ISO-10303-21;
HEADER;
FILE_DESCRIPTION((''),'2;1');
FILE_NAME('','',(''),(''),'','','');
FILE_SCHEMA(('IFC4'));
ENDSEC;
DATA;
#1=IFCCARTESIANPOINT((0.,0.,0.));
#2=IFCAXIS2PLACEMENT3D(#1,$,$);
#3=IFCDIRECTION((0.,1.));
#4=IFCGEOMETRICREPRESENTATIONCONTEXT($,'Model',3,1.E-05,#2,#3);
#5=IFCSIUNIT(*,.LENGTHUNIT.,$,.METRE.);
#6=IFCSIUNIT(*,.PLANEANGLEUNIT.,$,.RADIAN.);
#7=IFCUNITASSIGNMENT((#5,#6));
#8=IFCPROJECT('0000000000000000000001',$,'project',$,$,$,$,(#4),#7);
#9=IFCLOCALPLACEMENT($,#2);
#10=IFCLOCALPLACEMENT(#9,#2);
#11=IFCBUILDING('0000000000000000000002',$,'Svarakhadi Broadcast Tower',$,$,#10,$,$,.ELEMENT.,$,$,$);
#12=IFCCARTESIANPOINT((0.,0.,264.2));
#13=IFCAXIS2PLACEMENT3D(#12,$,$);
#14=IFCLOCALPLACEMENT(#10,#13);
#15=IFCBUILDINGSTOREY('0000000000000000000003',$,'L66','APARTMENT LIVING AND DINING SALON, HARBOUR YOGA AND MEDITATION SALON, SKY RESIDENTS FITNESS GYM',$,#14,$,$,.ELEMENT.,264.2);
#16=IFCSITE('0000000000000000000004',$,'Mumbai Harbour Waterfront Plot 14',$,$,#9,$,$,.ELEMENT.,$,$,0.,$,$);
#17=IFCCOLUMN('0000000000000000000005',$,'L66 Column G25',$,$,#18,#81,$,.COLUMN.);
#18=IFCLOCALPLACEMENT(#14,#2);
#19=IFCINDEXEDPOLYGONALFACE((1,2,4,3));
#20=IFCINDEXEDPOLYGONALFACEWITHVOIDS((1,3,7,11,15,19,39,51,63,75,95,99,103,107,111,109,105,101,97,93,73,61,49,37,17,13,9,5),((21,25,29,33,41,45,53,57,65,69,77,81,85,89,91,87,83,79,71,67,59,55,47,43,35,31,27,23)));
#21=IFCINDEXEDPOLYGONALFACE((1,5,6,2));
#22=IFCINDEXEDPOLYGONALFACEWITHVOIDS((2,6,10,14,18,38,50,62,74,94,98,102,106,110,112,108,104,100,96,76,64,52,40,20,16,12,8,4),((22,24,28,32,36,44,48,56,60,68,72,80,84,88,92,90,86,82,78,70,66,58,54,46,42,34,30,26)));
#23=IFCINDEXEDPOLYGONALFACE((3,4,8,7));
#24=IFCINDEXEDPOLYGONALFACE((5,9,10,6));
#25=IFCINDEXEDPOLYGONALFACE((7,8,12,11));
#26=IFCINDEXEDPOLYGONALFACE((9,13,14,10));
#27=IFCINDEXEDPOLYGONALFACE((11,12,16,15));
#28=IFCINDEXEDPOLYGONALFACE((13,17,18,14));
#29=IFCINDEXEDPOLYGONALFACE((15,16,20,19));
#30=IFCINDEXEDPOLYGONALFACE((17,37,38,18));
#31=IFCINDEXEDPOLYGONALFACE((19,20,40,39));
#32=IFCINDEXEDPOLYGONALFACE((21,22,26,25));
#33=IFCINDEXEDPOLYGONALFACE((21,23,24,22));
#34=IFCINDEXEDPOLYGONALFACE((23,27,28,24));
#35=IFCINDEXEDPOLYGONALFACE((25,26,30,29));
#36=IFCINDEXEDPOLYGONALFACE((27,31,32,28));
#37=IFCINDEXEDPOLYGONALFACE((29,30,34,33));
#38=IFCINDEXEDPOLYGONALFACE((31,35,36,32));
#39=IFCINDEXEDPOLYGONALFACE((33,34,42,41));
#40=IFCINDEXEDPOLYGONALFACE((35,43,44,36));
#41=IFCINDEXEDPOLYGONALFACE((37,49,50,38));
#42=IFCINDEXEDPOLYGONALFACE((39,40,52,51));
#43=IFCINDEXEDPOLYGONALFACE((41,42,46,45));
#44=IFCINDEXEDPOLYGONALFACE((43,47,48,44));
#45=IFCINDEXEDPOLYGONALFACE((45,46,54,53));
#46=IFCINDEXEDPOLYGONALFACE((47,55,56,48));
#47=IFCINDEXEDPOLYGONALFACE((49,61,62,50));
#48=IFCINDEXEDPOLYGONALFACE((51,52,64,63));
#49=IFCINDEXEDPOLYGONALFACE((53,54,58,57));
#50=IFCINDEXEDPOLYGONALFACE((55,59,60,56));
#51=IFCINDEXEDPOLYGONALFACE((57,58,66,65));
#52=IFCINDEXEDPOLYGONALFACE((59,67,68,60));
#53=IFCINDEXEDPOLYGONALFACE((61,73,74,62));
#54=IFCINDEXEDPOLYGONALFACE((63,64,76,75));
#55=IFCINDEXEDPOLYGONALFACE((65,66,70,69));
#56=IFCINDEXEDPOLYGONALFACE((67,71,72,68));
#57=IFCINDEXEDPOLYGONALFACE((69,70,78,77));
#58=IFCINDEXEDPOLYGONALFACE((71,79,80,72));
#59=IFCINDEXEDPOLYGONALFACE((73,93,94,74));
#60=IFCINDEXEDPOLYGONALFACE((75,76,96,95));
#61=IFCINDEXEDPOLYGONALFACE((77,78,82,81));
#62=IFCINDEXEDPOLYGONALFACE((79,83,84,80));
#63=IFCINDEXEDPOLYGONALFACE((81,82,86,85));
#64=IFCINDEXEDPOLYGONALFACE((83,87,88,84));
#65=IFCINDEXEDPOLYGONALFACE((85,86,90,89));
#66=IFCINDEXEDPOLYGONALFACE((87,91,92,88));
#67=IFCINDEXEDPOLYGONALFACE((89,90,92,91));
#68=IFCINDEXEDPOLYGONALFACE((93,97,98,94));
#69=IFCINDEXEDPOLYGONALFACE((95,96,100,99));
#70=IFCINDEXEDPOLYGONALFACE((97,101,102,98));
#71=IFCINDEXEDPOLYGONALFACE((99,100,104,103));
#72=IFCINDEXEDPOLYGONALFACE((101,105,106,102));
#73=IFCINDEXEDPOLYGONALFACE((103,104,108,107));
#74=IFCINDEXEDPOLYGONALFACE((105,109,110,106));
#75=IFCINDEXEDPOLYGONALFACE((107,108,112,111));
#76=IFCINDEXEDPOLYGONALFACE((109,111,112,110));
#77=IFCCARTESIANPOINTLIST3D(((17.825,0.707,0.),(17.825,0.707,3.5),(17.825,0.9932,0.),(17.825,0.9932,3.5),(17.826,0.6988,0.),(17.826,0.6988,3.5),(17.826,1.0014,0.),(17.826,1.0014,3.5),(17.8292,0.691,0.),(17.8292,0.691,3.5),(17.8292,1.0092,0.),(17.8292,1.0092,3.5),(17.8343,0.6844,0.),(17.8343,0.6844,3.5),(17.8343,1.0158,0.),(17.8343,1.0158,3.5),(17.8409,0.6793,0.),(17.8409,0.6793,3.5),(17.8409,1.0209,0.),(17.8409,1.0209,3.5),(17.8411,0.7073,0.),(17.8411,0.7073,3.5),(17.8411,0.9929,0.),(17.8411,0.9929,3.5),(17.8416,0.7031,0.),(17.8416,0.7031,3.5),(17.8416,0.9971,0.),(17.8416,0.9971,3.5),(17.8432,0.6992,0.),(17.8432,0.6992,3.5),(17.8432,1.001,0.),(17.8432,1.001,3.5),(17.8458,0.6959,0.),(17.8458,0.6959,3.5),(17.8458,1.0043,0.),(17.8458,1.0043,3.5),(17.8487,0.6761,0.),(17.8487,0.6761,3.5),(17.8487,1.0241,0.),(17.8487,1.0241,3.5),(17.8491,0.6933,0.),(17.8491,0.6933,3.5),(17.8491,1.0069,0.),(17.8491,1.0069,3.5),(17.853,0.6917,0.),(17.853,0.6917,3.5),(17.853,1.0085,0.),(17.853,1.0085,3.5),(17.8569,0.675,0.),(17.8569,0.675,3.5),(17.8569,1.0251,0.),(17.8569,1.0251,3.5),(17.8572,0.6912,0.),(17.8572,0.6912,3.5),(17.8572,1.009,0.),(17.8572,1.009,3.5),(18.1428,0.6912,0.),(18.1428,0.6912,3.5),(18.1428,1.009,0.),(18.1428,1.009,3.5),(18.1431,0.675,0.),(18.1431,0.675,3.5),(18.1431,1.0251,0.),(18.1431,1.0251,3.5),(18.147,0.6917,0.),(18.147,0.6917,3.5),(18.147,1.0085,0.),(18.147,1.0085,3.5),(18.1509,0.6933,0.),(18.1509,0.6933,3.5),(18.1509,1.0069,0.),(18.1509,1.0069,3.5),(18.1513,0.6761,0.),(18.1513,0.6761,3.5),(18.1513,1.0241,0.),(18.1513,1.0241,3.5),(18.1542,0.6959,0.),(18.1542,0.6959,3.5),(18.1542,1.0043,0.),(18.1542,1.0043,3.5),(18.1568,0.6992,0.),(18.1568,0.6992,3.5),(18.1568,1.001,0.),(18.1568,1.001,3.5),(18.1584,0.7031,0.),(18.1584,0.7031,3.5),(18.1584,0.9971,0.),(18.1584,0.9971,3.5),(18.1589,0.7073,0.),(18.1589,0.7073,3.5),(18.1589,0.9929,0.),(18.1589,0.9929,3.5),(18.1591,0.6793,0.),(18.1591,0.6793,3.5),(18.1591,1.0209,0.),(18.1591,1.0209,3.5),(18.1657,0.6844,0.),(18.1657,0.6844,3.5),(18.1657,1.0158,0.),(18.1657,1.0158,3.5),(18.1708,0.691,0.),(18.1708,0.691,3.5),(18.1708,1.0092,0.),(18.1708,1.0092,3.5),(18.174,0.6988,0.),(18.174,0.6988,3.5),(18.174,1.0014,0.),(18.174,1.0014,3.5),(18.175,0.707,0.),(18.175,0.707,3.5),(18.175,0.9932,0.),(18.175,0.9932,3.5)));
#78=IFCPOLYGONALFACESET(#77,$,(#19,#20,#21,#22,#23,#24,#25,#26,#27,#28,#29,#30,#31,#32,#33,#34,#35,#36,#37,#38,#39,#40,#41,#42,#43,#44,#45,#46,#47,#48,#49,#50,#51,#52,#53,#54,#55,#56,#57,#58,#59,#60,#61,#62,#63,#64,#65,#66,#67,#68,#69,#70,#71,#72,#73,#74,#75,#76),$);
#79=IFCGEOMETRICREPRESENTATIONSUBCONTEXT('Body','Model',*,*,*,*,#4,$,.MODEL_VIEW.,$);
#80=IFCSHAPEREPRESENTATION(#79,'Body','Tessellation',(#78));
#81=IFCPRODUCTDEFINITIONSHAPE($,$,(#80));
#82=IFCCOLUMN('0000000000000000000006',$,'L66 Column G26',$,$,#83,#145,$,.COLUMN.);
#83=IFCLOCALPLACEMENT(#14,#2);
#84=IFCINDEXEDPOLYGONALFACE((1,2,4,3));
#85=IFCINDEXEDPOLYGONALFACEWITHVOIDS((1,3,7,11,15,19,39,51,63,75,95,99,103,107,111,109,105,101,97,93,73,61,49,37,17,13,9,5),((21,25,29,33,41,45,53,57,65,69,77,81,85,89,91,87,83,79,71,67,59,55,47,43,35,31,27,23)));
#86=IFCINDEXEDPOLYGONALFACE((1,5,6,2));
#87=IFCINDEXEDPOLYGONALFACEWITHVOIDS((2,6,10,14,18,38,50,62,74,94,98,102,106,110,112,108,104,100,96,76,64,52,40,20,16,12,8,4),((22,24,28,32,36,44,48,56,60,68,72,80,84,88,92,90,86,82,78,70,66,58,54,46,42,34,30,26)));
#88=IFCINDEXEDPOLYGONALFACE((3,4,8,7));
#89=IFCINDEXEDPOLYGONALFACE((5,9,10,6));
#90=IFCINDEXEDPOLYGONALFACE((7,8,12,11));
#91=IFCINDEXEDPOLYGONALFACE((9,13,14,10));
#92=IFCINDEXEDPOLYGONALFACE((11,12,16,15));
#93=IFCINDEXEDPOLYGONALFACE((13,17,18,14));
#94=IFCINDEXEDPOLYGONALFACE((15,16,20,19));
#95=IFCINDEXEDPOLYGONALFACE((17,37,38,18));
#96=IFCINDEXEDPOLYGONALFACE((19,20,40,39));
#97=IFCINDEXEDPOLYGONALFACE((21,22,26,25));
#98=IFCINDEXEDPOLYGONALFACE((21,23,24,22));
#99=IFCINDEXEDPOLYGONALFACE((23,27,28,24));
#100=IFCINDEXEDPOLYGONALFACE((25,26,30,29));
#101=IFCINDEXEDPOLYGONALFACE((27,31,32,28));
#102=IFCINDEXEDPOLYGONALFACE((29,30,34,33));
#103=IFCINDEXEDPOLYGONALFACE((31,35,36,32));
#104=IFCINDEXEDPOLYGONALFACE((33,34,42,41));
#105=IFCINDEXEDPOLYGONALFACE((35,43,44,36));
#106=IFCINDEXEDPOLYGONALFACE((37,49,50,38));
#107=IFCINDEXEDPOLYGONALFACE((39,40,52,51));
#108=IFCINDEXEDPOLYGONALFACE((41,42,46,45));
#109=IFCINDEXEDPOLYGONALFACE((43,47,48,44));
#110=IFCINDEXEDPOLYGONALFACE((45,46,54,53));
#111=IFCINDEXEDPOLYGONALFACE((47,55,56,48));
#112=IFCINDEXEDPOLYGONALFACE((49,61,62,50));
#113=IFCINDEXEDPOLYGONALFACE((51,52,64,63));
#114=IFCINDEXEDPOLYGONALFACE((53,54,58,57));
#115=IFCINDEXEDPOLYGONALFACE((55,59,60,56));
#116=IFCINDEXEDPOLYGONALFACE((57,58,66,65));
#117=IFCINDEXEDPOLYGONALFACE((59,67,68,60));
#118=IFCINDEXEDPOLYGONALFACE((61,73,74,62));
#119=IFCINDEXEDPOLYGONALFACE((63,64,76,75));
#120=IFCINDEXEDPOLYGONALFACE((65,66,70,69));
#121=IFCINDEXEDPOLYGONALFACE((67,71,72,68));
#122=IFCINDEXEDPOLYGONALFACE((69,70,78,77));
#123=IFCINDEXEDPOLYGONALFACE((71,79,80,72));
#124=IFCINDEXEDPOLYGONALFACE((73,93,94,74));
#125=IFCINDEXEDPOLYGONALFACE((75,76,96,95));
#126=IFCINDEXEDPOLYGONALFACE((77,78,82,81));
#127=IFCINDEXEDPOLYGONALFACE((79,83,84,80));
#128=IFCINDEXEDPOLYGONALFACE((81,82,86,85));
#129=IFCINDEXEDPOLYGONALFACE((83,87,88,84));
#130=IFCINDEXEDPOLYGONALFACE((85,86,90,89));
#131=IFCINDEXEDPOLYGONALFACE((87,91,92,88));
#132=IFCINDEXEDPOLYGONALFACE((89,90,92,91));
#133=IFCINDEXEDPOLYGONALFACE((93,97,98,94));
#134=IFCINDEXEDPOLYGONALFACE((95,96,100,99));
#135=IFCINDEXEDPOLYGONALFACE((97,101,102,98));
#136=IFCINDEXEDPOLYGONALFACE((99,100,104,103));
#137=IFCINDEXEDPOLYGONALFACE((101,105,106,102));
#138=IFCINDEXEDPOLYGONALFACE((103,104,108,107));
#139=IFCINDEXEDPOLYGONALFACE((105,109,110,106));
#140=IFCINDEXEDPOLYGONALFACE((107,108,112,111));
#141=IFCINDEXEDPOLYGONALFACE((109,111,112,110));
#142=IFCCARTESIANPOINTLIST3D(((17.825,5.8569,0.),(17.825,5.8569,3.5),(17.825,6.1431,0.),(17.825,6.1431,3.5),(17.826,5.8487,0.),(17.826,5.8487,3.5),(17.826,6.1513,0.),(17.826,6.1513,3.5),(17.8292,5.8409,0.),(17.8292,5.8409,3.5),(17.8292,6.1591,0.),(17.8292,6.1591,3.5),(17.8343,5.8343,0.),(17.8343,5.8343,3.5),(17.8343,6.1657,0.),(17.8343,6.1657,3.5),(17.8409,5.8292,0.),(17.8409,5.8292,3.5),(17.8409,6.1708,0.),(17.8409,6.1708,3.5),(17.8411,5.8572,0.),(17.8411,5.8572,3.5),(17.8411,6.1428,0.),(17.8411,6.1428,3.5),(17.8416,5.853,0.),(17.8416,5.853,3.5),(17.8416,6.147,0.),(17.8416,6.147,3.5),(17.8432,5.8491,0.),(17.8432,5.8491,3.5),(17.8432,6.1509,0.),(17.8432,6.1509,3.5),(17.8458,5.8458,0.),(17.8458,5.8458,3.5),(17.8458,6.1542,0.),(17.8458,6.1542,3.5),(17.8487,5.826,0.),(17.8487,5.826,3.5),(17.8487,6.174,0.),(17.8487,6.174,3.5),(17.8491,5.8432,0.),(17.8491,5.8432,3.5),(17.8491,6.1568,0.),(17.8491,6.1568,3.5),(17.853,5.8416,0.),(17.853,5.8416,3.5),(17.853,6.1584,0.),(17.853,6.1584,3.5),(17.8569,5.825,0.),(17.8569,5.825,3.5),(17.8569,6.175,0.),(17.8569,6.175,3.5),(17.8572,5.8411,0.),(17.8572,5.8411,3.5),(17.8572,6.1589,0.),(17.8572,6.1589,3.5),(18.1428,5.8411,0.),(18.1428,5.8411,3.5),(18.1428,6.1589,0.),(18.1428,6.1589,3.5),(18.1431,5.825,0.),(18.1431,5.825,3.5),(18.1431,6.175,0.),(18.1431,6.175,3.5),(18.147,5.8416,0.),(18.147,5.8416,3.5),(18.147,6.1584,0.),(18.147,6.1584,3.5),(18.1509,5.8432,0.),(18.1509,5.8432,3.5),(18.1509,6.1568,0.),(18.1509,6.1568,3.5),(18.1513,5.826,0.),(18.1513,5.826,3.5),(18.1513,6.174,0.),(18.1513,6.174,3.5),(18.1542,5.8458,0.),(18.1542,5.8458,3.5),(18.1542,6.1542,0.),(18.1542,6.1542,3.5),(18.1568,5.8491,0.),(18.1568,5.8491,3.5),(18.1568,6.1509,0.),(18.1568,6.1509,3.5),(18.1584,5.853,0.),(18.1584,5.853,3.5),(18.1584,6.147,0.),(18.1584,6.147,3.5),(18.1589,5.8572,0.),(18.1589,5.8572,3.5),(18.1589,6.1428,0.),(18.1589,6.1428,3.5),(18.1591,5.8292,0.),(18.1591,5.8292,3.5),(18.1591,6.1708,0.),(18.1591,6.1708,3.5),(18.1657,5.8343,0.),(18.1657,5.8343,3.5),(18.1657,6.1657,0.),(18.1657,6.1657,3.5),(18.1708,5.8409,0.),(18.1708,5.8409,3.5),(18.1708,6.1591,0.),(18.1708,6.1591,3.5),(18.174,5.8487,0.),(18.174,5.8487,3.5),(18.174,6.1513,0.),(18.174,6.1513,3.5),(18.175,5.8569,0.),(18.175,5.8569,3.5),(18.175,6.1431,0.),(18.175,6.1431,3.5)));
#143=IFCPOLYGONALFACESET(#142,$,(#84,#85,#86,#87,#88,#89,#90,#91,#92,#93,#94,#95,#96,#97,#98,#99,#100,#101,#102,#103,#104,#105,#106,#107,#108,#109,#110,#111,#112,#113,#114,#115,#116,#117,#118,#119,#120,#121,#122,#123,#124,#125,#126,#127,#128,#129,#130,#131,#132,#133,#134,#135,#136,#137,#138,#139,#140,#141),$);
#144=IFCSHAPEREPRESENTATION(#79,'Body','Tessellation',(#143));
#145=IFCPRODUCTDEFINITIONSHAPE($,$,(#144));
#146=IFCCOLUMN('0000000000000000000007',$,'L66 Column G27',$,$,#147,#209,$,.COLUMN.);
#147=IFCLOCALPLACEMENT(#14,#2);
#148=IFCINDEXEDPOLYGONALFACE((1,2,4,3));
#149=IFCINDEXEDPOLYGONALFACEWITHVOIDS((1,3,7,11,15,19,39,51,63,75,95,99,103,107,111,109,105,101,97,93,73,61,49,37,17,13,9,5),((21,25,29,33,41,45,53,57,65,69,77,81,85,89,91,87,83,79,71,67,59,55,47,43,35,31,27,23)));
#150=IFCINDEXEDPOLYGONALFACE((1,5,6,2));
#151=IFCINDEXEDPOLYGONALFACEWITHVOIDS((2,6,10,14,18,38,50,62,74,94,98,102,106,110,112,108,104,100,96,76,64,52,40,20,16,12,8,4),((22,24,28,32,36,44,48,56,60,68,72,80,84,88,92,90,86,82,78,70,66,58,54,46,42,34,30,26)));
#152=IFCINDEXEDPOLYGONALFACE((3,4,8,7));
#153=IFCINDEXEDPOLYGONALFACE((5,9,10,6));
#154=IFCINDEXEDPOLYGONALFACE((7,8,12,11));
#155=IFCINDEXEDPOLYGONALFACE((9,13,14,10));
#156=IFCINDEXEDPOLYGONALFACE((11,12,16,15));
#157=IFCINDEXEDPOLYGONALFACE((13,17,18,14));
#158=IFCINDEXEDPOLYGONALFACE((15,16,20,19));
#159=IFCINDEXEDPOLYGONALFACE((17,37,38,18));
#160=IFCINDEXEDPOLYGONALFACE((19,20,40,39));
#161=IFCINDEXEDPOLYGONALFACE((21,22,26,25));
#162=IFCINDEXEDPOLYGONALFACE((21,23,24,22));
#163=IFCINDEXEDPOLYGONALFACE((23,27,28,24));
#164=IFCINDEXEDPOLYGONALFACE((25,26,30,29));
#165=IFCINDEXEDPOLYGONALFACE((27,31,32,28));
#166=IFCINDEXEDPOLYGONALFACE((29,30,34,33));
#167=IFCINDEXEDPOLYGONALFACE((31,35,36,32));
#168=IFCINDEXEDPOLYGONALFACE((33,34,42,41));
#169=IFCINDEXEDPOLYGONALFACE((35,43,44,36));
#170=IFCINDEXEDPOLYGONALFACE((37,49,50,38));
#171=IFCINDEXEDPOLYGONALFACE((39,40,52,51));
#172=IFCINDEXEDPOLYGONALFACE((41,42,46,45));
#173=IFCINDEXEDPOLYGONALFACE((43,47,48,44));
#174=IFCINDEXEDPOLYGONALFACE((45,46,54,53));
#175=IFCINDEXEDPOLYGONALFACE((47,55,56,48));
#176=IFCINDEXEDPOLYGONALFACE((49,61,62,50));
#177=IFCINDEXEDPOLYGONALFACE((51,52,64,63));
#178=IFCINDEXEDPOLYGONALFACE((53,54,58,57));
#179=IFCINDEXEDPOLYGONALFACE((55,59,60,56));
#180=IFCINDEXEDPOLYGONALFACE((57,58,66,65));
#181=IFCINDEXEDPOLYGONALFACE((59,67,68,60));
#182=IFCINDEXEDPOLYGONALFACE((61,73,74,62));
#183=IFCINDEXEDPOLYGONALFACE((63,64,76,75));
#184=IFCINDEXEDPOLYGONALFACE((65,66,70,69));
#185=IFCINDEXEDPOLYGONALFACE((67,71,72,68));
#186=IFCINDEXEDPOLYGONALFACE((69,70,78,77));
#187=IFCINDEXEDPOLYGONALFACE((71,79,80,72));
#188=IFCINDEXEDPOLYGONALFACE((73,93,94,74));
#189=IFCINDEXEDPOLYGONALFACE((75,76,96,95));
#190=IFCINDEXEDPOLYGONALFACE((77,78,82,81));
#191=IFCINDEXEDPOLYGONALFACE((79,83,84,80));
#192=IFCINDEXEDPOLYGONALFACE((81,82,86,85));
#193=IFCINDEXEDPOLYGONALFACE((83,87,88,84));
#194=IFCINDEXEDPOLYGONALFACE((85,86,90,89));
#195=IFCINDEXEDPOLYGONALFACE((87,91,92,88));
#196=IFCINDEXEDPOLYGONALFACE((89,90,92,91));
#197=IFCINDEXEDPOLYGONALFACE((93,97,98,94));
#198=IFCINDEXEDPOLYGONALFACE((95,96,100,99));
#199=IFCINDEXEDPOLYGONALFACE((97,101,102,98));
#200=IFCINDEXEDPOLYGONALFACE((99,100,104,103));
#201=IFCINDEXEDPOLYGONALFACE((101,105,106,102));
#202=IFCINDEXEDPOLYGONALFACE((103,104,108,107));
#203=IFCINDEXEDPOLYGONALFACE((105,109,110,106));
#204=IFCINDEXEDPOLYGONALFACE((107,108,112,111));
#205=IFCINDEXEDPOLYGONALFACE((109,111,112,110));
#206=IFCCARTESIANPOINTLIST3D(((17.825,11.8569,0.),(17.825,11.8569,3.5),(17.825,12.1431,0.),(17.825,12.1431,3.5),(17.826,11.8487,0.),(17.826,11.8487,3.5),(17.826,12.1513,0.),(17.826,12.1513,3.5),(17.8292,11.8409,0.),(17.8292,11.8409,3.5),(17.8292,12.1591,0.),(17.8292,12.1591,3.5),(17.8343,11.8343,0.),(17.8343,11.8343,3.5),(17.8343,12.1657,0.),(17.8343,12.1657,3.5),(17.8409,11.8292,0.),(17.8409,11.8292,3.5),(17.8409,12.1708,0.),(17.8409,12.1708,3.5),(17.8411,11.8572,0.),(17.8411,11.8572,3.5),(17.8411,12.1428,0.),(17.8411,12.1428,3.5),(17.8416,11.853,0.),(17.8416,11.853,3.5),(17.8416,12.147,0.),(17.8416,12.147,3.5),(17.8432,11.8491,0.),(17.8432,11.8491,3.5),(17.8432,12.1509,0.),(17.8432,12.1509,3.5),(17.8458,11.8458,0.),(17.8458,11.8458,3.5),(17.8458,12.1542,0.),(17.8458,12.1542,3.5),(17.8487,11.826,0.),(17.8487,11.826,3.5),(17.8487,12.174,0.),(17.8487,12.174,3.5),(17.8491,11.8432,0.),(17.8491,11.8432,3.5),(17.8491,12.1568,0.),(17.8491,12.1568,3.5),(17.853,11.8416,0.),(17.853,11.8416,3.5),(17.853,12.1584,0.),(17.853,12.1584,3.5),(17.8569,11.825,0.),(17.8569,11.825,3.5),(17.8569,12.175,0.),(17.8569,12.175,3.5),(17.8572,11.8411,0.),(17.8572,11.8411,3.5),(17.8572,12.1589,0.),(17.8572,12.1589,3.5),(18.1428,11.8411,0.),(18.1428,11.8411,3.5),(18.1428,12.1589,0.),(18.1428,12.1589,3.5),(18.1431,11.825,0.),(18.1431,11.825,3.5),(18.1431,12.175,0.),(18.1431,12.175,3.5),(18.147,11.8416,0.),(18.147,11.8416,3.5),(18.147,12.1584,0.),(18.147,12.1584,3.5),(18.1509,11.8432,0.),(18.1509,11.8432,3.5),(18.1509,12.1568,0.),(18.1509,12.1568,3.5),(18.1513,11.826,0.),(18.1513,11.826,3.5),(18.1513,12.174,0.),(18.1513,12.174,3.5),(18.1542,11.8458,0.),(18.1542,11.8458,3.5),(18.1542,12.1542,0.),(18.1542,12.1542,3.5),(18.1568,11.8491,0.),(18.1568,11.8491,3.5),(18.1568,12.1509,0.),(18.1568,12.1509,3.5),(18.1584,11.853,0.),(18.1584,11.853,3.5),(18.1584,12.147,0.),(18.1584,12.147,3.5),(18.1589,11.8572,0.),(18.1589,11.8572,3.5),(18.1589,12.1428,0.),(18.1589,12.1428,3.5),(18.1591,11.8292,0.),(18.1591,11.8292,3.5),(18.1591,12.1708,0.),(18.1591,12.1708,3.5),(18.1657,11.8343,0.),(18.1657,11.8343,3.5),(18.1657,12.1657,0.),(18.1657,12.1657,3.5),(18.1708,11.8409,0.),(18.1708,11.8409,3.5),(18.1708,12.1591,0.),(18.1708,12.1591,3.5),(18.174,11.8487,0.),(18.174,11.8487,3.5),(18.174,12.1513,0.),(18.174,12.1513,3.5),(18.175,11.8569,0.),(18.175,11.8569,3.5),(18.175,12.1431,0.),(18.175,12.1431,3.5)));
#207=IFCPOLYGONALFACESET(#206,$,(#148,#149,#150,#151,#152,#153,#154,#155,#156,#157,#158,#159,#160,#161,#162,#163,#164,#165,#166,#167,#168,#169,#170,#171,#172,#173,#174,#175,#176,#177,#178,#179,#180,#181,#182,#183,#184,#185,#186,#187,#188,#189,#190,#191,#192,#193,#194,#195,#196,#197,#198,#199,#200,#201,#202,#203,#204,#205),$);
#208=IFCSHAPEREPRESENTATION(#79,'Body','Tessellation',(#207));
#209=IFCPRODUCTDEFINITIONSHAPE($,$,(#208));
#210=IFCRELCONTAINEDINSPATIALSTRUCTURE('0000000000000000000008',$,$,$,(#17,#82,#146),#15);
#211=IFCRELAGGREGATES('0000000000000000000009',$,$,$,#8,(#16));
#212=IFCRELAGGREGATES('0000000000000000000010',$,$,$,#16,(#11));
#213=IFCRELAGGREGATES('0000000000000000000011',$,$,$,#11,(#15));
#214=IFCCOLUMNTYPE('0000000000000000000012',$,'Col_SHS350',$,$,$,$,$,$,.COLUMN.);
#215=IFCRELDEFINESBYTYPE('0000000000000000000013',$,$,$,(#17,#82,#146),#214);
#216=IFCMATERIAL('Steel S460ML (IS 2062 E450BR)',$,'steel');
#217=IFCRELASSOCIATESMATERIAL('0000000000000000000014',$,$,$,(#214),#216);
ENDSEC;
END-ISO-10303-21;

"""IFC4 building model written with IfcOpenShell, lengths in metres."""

from ifc_helpers import new_model, si_unit, direction, frame, origin, origin_2d, place, context, subcontext, project, spatial, hollow_rectangle, extrude, material, material_profile, profile_set, type_object, element, save


model = new_model("IFC4")

# Units and contexts
model_context = context("Model", 3, precision=1e-05, world=origin(), true_north=direction((0.0, 1.0)))
body_context = subcontext(model_context, "Body", "Model", "MODEL_VIEW")
ifc_project = project(units=[si_unit("LENGTHUNIT", "METRE"), si_unit("PLANEANGLEUNIT", "RADIAN")], contexts=[model_context])

# Site, building, storey
site_placement = place(None, origin())
site = spatial("IfcSite", under=ifc_project, at=site_placement, Name="Mumbai Harbour Waterfront Plot 14", CompositionType="ELEMENT", RefElevation=0.0)
building_placement = place(site_placement, origin())
building = spatial("IfcBuilding", under=site, at=building_placement, Name="Svarakhadi Broadcast Tower", CompositionType="ELEMENT")
storey_placement = place(building_placement, frame((0.0, 0.0, 264.2)))
storey = spatial("IfcBuildingStorey", under=building, at=storey_placement, Name="L66", Description="APARTMENT LIVING AND DINING SALON, HARBOUR YOGA AND MEDITATION SALON, SKY RESIDENTS FITNESS GYM", CompositionType="ELEMENT", Elevation=264.2)

# Columns
ifc_material_1 = material(Name="Steel S460ML (IS 2062 E450BR)", Category="steel")
ifc_material_profile_1 = material_profile(ifc_material_1, hollow_rectangle(XDim=0.3501, YDim=0.3501, WallThickness=0.0161, InnerFilletRadius=0.0161, OuterFilletRadius=0.032, at=origin_2d()), Name="SHS 350x350x16")
ifc_profile_set_1 = profile_set([ifc_material_profile_1], Name="Steel S460ML (IS 2062 E450BR)")
column_type = type_object("IfcColumnType", Name="Col_SHS350", PredefinedType="COLUMN", material=ifc_profile_set_1)
for number, where, z_axis, x_axis, name in (
    (1, (18.0, 0.8501, 0.0), (0.0, 0.0, 1.0), (1.0, 0.0, 0.0), "L66 Column G25"),
    (2, (18.0, 6.0, 0.0), (0.0, 0.0, 1.0), (1.0, 0.0, 0.0), "L66 Column G26"),
    (3, (18.0, 12.0, 0.0), (0.0, 0.0, 1.0), (1.0, 0.0, 0.0), "L66 Column G27"),
):
    element("IfcColumn", number, at=place(storey_placement, frame(where, z_axis=z_axis, x_axis=x_axis)), inside=storey, type_object=column_type, Name=name, PredefinedType="COLUMN", context=body_context, shape_type="SweptSolid", body=[
        extrude(hollow_rectangle(XDim=0.3501, YDim=0.3501, WallThickness=0.0161, InnerFilletRadius=0.0161, OuterFilletRadius=0.032, at=origin_2d()), origin(), (0.0, 0.0, 1.0), 3.5),
    ])

save(model, "model.ifc")
